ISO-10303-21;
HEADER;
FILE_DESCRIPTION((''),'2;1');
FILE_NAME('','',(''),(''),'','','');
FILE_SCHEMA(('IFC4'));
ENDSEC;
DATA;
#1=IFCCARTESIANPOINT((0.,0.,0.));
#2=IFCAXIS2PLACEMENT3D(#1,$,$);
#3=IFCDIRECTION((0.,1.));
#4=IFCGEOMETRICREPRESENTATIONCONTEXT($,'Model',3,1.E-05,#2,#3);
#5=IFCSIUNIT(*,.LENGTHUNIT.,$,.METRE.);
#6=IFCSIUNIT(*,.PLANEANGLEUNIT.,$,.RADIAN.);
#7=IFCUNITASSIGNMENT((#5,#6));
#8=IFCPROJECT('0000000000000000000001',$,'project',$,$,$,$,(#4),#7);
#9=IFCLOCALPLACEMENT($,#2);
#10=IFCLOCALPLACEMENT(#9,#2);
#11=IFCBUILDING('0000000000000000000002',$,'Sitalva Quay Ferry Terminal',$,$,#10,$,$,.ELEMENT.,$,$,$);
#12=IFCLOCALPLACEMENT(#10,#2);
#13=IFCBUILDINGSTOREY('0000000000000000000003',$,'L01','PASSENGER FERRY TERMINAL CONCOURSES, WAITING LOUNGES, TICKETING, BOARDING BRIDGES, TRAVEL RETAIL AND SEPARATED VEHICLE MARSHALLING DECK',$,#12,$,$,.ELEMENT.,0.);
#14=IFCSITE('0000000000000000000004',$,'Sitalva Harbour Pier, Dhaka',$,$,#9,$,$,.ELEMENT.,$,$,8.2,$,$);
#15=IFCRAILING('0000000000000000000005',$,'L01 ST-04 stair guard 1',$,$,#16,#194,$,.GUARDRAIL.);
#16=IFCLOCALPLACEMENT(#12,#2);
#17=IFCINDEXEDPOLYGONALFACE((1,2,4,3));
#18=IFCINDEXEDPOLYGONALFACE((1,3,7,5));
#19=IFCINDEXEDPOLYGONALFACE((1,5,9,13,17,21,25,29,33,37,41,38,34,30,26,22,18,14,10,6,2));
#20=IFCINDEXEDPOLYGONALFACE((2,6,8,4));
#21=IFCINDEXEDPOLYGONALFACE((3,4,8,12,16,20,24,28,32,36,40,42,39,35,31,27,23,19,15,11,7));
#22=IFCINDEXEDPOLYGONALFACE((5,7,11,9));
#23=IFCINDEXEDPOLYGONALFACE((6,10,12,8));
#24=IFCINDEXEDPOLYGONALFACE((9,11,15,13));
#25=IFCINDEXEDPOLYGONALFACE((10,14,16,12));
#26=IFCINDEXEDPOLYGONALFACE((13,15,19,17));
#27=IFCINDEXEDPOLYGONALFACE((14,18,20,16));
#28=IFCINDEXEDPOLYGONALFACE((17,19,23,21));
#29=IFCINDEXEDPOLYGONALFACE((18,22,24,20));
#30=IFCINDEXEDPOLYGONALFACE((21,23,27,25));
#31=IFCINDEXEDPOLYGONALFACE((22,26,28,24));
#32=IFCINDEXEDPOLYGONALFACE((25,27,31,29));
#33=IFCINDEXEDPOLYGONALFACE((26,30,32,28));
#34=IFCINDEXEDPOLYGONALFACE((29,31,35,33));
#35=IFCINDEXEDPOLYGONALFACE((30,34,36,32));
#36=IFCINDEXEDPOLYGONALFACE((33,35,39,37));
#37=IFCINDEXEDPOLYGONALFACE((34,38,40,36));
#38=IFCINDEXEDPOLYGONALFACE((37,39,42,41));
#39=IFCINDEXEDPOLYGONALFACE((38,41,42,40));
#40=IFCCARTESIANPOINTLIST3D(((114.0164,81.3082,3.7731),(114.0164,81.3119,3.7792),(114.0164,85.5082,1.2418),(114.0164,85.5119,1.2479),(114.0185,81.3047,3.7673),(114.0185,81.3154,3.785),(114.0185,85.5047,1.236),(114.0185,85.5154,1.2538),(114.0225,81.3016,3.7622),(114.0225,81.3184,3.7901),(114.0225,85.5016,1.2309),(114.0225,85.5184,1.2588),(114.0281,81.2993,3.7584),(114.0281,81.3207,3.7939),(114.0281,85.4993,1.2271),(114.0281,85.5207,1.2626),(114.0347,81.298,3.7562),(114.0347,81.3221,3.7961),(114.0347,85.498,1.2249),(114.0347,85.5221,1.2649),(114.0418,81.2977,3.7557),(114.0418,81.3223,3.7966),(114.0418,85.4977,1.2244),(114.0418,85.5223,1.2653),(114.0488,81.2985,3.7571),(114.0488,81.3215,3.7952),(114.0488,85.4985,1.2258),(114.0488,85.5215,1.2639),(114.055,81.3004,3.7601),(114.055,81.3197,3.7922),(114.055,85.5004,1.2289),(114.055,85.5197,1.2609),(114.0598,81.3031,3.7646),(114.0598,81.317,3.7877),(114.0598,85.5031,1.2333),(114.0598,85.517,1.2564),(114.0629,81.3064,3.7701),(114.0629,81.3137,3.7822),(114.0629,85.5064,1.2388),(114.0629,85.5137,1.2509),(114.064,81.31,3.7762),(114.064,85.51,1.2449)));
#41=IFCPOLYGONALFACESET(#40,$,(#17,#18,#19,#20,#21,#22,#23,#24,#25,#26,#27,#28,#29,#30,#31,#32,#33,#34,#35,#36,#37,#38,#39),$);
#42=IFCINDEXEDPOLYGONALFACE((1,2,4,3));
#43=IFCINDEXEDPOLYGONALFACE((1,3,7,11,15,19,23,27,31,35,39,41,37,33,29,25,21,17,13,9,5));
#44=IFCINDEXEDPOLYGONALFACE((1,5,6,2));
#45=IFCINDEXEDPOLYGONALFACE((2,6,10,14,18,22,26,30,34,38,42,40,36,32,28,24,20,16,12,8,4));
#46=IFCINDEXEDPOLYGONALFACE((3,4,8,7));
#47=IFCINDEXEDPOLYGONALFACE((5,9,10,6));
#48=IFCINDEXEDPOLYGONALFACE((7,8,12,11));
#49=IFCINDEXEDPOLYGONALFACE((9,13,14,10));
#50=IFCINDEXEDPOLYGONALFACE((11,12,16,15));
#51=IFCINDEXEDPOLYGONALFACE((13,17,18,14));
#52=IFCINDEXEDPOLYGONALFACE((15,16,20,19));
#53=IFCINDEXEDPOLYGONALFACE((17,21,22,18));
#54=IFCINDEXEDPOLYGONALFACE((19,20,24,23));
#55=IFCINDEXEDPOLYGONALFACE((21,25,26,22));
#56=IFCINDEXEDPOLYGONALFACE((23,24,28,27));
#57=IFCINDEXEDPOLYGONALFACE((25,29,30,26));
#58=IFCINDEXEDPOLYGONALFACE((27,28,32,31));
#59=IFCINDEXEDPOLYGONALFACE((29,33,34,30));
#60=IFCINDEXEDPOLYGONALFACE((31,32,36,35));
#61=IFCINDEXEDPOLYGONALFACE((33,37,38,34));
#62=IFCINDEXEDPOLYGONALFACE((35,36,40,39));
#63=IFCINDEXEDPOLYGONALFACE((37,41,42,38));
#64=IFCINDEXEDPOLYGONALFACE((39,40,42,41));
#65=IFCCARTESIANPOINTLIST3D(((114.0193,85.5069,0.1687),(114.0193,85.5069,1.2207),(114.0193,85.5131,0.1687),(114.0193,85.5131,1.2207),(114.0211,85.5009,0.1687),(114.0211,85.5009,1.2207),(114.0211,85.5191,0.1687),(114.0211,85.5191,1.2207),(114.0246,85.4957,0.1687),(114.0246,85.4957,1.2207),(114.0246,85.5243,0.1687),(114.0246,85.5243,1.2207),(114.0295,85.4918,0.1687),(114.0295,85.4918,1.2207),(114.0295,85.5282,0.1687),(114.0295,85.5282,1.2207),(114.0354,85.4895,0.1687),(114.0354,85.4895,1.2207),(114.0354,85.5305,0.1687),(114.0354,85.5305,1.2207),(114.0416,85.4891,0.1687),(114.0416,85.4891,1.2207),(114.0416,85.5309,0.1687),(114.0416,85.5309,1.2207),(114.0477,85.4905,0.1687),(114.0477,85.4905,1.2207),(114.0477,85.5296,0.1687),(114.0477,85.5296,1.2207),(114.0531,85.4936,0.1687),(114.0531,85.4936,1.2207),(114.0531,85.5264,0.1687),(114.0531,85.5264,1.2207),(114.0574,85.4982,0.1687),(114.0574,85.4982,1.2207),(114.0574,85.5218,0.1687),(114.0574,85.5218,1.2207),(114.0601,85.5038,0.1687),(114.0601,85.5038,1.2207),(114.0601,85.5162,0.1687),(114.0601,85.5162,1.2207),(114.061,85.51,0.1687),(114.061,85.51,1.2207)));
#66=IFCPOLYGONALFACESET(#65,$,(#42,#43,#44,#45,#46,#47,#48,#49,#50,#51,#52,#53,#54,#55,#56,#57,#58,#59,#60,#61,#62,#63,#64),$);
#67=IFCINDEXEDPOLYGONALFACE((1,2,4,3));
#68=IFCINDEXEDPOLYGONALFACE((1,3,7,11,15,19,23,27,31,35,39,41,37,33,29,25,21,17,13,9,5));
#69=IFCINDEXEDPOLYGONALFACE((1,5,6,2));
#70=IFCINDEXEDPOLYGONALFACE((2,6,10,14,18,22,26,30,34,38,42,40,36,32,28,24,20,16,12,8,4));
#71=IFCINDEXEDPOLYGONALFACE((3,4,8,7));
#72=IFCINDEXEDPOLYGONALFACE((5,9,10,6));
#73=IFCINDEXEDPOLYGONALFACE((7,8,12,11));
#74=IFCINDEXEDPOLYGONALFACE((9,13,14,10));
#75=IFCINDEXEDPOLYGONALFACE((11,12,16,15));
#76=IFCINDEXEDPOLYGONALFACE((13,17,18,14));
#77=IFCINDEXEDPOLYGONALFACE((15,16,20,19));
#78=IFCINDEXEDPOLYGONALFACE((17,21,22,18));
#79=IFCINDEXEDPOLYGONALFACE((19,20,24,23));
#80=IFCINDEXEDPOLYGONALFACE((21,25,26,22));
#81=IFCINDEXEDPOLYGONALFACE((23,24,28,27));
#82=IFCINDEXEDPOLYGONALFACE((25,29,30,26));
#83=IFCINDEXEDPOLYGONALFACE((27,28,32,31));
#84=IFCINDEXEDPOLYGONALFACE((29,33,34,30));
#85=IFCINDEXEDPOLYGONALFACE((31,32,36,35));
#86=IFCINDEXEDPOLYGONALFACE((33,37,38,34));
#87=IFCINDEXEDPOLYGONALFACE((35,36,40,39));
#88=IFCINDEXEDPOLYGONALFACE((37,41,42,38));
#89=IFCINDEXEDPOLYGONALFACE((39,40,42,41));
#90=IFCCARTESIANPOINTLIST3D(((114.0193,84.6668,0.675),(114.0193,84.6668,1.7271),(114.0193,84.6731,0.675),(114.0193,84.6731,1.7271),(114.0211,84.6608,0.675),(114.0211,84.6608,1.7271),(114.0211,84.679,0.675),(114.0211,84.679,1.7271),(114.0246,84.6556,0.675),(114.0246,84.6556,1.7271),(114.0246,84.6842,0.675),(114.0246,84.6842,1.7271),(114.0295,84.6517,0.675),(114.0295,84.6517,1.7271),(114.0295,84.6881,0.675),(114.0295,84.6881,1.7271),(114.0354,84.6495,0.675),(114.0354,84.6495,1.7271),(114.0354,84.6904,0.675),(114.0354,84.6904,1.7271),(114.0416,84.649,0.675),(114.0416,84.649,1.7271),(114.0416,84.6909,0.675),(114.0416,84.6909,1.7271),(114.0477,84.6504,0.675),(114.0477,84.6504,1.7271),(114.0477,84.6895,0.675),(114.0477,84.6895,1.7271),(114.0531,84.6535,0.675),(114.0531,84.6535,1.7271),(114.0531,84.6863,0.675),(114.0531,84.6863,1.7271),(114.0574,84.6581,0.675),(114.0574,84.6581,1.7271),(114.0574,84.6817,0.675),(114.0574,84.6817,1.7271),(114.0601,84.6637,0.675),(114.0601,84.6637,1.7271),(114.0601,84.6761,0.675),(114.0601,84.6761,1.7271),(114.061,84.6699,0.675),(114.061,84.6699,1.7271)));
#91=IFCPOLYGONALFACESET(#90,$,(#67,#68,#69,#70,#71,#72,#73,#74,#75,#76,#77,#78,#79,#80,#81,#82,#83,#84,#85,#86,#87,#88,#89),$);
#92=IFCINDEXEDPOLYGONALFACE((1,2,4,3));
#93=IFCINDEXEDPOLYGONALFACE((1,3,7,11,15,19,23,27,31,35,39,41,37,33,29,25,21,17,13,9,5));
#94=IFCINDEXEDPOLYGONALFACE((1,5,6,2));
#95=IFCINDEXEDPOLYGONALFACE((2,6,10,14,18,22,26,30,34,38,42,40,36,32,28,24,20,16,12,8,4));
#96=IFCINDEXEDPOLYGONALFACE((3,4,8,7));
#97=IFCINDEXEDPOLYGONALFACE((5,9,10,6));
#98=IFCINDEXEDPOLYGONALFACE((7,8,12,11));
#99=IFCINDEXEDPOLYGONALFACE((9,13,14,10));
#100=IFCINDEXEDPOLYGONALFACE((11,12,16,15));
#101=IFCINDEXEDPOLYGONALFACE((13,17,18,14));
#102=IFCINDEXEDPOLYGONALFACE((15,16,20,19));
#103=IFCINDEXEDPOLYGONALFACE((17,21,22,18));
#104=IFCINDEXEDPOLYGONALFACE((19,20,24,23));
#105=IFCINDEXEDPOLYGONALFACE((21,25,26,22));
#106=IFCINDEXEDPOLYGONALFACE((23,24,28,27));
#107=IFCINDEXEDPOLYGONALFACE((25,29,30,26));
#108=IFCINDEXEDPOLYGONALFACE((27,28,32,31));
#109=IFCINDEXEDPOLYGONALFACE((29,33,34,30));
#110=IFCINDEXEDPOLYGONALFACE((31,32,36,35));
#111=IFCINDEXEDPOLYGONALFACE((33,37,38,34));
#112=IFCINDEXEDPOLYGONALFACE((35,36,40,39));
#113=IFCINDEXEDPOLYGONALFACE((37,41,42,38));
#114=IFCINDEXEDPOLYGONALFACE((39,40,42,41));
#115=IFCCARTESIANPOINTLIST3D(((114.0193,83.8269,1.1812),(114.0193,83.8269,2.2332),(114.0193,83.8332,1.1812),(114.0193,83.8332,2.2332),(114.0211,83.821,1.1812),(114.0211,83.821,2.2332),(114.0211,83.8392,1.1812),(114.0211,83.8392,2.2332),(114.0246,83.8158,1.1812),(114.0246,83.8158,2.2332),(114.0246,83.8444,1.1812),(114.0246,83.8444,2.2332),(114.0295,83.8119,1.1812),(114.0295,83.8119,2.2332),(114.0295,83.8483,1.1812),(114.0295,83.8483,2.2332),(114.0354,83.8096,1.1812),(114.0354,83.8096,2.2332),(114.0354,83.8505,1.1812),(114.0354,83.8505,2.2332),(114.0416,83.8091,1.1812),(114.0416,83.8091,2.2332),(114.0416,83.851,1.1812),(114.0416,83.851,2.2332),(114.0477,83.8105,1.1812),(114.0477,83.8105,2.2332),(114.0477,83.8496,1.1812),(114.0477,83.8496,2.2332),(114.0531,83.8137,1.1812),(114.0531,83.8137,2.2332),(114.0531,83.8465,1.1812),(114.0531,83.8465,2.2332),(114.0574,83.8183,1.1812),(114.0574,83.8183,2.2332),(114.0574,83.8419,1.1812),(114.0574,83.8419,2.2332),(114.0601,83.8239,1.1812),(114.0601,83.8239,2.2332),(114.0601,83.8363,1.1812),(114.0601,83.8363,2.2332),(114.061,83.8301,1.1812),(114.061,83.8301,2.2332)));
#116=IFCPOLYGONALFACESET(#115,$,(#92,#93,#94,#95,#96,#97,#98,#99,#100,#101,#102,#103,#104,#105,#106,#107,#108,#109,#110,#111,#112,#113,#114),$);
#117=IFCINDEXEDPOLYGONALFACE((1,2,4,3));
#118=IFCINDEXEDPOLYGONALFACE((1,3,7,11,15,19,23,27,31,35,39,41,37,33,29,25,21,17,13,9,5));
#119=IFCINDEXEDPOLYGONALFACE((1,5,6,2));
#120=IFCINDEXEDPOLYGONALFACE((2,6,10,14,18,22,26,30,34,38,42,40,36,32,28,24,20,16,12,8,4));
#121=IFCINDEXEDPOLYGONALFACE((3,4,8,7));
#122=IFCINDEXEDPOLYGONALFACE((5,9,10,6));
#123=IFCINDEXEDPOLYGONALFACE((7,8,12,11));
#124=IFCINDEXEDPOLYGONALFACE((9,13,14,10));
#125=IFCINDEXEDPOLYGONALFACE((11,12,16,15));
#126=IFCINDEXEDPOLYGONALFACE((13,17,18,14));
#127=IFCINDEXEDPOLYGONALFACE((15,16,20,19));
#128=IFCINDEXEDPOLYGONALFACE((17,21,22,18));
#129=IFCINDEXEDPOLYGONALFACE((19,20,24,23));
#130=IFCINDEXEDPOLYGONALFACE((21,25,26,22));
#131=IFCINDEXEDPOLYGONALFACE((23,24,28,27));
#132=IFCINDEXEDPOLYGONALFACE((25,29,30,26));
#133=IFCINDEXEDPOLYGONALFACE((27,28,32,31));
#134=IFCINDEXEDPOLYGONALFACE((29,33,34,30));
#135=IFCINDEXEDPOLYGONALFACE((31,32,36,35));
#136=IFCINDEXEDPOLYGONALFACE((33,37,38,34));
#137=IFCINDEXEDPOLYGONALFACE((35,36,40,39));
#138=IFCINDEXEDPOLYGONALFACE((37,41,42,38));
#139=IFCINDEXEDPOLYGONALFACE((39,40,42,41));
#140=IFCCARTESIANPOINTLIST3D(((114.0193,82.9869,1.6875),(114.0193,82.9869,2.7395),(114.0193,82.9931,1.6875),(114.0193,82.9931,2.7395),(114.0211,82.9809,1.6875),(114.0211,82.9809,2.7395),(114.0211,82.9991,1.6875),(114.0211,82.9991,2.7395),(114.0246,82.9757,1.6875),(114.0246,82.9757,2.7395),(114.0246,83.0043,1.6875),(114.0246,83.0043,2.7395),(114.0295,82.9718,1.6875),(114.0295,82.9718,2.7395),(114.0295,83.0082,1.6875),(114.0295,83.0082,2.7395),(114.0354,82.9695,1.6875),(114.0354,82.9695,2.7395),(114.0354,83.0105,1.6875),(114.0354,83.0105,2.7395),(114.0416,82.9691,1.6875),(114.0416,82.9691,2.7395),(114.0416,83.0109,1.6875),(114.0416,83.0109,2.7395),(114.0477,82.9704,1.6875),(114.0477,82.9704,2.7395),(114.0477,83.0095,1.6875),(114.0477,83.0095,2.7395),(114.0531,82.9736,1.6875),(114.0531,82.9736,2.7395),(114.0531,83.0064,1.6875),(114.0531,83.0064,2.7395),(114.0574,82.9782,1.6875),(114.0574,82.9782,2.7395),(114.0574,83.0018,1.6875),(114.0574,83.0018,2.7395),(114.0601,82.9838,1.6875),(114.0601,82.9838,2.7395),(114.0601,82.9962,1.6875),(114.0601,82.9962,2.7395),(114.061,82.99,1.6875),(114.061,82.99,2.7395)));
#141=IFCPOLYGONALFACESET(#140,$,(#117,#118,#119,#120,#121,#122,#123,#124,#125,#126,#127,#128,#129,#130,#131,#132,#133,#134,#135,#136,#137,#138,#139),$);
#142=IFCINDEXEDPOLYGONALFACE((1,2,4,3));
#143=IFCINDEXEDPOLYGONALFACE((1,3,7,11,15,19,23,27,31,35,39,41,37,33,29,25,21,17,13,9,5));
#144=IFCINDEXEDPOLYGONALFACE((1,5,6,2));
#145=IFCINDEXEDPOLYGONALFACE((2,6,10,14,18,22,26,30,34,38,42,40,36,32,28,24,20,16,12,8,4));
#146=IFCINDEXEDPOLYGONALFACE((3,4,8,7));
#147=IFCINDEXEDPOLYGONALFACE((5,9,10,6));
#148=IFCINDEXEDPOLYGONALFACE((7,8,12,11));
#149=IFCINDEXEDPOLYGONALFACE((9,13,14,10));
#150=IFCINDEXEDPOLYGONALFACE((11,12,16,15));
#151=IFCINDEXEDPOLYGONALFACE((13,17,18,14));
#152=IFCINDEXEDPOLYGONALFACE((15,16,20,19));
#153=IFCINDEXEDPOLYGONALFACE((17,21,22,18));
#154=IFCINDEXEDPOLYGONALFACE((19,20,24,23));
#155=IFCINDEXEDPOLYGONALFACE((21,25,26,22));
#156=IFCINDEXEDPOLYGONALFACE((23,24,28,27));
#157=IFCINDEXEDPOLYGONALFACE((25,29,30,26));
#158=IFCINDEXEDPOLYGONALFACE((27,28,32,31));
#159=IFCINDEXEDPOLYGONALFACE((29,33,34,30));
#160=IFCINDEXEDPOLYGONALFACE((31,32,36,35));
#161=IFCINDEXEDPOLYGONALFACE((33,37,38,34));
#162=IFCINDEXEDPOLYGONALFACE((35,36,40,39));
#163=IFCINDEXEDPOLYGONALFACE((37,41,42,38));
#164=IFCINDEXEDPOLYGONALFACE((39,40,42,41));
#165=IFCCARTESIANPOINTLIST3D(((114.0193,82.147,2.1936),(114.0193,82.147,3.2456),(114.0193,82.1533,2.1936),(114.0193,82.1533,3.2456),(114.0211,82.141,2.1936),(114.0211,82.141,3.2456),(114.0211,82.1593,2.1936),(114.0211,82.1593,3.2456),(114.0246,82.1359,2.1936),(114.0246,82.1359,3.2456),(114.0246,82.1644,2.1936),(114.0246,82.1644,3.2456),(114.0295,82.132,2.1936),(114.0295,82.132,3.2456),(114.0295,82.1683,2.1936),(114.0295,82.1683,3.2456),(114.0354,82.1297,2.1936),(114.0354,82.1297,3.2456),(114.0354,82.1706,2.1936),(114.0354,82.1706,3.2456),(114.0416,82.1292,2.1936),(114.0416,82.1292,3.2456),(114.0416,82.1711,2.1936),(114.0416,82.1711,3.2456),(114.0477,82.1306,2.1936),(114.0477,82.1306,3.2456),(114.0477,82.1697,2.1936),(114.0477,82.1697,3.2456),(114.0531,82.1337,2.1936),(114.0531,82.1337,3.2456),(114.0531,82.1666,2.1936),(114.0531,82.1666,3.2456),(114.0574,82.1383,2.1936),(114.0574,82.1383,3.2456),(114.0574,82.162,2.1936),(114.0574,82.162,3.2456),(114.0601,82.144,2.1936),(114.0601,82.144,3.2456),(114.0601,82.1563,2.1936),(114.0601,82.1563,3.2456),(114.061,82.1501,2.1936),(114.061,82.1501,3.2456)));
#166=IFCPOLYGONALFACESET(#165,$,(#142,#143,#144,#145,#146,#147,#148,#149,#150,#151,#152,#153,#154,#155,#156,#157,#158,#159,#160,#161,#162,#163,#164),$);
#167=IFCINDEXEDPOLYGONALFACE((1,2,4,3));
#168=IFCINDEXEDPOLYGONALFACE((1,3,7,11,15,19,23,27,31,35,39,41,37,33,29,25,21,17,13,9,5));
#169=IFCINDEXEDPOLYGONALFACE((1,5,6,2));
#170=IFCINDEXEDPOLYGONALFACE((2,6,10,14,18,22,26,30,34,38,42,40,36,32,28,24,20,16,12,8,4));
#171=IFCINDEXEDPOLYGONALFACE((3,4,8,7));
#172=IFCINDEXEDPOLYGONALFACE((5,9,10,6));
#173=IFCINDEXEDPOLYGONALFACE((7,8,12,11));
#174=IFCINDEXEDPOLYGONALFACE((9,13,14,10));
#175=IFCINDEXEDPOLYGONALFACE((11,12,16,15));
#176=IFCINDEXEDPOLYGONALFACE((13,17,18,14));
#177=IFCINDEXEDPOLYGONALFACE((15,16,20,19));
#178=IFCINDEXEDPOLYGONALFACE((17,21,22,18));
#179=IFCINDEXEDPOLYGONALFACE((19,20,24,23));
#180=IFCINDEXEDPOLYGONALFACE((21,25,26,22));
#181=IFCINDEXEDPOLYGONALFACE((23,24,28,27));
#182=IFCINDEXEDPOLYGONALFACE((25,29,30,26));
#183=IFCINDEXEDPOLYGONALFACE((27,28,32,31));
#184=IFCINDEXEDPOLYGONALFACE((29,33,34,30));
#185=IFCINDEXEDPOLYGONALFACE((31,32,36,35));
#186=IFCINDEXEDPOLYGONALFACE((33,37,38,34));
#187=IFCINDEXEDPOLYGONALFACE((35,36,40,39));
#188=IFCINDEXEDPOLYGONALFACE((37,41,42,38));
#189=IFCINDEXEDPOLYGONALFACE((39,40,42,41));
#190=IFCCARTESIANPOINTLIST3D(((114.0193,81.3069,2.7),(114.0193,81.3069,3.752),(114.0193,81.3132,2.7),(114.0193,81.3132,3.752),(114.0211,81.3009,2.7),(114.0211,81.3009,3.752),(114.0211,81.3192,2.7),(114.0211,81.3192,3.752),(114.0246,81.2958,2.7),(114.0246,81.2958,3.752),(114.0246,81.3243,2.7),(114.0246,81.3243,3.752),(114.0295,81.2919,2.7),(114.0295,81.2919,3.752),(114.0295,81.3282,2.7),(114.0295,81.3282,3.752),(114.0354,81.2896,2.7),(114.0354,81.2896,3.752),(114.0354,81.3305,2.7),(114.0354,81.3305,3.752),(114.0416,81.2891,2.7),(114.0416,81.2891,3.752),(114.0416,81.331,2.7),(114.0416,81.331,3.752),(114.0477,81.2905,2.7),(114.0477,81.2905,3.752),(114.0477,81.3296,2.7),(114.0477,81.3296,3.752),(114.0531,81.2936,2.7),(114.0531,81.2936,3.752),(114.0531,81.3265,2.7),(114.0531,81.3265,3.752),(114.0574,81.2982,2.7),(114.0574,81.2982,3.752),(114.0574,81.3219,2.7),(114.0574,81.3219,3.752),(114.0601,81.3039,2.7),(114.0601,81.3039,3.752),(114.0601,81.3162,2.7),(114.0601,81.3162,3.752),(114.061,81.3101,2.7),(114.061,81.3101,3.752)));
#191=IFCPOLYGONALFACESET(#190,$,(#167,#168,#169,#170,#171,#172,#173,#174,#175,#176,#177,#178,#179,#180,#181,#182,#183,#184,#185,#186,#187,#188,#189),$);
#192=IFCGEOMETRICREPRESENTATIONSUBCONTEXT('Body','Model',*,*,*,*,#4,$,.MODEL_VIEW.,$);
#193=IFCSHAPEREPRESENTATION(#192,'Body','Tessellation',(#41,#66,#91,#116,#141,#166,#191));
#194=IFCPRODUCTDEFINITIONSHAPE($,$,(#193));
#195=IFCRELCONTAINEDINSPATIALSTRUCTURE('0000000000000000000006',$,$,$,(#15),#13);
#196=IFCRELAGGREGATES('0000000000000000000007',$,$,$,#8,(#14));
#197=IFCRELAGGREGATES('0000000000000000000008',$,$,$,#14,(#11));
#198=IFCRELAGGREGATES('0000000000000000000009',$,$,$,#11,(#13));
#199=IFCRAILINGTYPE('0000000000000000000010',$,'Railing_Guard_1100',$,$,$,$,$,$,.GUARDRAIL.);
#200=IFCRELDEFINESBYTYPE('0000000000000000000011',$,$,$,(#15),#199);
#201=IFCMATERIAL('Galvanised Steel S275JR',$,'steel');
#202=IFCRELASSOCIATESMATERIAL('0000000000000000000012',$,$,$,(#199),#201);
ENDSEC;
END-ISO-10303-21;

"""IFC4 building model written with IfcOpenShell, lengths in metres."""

from ifc_helpers import new_model, si_unit, direction, frame, origin, origin_2d, place, context, subcontext, project, spatial, circle, extrude, material, type_object, element, save


model = new_model("IFC4")

# Units and contexts
model_context = context("Model", 3, precision=1e-05, world=origin(), true_north=direction((0.0, 1.0)))
body_context = subcontext(model_context, "Body", "Model", "MODEL_VIEW")
ifc_project = project(units=[si_unit("LENGTHUNIT", "METRE"), si_unit("PLANEANGLEUNIT", "RADIAN")], contexts=[model_context])

# Site, building, storey
site_placement = place(None, origin())
site = spatial("IfcSite", under=ifc_project, at=site_placement, Name="Sitalva Harbour Pier, Dhaka", CompositionType="ELEMENT", RefElevation=8.2)
building_placement = place(site_placement, origin())
building = spatial("IfcBuilding", under=site, at=building_placement, Name="Sitalva Quay Ferry Terminal", CompositionType="ELEMENT")
storey_placement = place(building_placement, origin())
storey = spatial("IfcBuildingStorey", under=building, at=storey_placement, Name="L01", Description="PASSENGER FERRY TERMINAL CONCOURSES, WAITING LOUNGES, TICKETING, BOARDING BRIDGES, TRAVEL RETAIL AND SEPARATED VEHICLE MARSHALLING DECK", CompositionType="ELEMENT", Elevation=0.0)

# Railing
ifc_material_1 = material(Name="Galvanised Steel S275JR", Category="steel")
railing_type_1 = type_object("IfcRailingType", Name="Railing_Guard_1100", PredefinedType="GUARDRAIL", material=ifc_material_1)
railing_1_placement = place(storey_placement, frame((114.04, 85.51, 0.1687)))
element("IfcRailing", 1, at=railing_1_placement, inside=storey, type_object=railing_type_1, Name="L01 ST-04 stair guard 1", PredefinedType="GUARDRAIL", context=body_context, shape_type="SweptSolid", body=[
    extrude(circle(Radius=0.0239, at=origin_2d()), frame((0.0, 0.0, 1.0762), z_axis=(0.0, -0.856476, 0.516186), x_axis=(1.0, 0.0, 0.0)), (0.0, 0.0, 1.0), 4.9038),
    extrude(circle(Radius=0.021, at=origin_2d()), origin(), (0.0, 0.0, 1.0), 1.052),
    extrude(circle(Radius=0.021, at=origin_2d()), frame((0.0, -0.8401, 0.5063)), (0.0, 0.0, 1.0), 1.052),
    extrude(circle(Radius=0.021, at=origin_2d()), frame((0.0, -1.6799, 1.0125)), (0.0, 0.0, 1.0), 1.052),
    extrude(circle(Radius=0.021, at=origin_2d()), frame((0.0, -2.52, 1.5188)), (0.0, 0.0, 1.0), 1.052),
    extrude(circle(Radius=0.021, at=origin_2d()), frame((0.0, -3.3599, 2.0249)), (0.0, 0.0, 1.0), 1.052),
    extrude(circle(Radius=0.021, at=origin_2d()), frame((0.0, -4.2, 2.5312)), (0.0, 0.0, 1.0), 1.052),
])

save(model, "model.ifc")
